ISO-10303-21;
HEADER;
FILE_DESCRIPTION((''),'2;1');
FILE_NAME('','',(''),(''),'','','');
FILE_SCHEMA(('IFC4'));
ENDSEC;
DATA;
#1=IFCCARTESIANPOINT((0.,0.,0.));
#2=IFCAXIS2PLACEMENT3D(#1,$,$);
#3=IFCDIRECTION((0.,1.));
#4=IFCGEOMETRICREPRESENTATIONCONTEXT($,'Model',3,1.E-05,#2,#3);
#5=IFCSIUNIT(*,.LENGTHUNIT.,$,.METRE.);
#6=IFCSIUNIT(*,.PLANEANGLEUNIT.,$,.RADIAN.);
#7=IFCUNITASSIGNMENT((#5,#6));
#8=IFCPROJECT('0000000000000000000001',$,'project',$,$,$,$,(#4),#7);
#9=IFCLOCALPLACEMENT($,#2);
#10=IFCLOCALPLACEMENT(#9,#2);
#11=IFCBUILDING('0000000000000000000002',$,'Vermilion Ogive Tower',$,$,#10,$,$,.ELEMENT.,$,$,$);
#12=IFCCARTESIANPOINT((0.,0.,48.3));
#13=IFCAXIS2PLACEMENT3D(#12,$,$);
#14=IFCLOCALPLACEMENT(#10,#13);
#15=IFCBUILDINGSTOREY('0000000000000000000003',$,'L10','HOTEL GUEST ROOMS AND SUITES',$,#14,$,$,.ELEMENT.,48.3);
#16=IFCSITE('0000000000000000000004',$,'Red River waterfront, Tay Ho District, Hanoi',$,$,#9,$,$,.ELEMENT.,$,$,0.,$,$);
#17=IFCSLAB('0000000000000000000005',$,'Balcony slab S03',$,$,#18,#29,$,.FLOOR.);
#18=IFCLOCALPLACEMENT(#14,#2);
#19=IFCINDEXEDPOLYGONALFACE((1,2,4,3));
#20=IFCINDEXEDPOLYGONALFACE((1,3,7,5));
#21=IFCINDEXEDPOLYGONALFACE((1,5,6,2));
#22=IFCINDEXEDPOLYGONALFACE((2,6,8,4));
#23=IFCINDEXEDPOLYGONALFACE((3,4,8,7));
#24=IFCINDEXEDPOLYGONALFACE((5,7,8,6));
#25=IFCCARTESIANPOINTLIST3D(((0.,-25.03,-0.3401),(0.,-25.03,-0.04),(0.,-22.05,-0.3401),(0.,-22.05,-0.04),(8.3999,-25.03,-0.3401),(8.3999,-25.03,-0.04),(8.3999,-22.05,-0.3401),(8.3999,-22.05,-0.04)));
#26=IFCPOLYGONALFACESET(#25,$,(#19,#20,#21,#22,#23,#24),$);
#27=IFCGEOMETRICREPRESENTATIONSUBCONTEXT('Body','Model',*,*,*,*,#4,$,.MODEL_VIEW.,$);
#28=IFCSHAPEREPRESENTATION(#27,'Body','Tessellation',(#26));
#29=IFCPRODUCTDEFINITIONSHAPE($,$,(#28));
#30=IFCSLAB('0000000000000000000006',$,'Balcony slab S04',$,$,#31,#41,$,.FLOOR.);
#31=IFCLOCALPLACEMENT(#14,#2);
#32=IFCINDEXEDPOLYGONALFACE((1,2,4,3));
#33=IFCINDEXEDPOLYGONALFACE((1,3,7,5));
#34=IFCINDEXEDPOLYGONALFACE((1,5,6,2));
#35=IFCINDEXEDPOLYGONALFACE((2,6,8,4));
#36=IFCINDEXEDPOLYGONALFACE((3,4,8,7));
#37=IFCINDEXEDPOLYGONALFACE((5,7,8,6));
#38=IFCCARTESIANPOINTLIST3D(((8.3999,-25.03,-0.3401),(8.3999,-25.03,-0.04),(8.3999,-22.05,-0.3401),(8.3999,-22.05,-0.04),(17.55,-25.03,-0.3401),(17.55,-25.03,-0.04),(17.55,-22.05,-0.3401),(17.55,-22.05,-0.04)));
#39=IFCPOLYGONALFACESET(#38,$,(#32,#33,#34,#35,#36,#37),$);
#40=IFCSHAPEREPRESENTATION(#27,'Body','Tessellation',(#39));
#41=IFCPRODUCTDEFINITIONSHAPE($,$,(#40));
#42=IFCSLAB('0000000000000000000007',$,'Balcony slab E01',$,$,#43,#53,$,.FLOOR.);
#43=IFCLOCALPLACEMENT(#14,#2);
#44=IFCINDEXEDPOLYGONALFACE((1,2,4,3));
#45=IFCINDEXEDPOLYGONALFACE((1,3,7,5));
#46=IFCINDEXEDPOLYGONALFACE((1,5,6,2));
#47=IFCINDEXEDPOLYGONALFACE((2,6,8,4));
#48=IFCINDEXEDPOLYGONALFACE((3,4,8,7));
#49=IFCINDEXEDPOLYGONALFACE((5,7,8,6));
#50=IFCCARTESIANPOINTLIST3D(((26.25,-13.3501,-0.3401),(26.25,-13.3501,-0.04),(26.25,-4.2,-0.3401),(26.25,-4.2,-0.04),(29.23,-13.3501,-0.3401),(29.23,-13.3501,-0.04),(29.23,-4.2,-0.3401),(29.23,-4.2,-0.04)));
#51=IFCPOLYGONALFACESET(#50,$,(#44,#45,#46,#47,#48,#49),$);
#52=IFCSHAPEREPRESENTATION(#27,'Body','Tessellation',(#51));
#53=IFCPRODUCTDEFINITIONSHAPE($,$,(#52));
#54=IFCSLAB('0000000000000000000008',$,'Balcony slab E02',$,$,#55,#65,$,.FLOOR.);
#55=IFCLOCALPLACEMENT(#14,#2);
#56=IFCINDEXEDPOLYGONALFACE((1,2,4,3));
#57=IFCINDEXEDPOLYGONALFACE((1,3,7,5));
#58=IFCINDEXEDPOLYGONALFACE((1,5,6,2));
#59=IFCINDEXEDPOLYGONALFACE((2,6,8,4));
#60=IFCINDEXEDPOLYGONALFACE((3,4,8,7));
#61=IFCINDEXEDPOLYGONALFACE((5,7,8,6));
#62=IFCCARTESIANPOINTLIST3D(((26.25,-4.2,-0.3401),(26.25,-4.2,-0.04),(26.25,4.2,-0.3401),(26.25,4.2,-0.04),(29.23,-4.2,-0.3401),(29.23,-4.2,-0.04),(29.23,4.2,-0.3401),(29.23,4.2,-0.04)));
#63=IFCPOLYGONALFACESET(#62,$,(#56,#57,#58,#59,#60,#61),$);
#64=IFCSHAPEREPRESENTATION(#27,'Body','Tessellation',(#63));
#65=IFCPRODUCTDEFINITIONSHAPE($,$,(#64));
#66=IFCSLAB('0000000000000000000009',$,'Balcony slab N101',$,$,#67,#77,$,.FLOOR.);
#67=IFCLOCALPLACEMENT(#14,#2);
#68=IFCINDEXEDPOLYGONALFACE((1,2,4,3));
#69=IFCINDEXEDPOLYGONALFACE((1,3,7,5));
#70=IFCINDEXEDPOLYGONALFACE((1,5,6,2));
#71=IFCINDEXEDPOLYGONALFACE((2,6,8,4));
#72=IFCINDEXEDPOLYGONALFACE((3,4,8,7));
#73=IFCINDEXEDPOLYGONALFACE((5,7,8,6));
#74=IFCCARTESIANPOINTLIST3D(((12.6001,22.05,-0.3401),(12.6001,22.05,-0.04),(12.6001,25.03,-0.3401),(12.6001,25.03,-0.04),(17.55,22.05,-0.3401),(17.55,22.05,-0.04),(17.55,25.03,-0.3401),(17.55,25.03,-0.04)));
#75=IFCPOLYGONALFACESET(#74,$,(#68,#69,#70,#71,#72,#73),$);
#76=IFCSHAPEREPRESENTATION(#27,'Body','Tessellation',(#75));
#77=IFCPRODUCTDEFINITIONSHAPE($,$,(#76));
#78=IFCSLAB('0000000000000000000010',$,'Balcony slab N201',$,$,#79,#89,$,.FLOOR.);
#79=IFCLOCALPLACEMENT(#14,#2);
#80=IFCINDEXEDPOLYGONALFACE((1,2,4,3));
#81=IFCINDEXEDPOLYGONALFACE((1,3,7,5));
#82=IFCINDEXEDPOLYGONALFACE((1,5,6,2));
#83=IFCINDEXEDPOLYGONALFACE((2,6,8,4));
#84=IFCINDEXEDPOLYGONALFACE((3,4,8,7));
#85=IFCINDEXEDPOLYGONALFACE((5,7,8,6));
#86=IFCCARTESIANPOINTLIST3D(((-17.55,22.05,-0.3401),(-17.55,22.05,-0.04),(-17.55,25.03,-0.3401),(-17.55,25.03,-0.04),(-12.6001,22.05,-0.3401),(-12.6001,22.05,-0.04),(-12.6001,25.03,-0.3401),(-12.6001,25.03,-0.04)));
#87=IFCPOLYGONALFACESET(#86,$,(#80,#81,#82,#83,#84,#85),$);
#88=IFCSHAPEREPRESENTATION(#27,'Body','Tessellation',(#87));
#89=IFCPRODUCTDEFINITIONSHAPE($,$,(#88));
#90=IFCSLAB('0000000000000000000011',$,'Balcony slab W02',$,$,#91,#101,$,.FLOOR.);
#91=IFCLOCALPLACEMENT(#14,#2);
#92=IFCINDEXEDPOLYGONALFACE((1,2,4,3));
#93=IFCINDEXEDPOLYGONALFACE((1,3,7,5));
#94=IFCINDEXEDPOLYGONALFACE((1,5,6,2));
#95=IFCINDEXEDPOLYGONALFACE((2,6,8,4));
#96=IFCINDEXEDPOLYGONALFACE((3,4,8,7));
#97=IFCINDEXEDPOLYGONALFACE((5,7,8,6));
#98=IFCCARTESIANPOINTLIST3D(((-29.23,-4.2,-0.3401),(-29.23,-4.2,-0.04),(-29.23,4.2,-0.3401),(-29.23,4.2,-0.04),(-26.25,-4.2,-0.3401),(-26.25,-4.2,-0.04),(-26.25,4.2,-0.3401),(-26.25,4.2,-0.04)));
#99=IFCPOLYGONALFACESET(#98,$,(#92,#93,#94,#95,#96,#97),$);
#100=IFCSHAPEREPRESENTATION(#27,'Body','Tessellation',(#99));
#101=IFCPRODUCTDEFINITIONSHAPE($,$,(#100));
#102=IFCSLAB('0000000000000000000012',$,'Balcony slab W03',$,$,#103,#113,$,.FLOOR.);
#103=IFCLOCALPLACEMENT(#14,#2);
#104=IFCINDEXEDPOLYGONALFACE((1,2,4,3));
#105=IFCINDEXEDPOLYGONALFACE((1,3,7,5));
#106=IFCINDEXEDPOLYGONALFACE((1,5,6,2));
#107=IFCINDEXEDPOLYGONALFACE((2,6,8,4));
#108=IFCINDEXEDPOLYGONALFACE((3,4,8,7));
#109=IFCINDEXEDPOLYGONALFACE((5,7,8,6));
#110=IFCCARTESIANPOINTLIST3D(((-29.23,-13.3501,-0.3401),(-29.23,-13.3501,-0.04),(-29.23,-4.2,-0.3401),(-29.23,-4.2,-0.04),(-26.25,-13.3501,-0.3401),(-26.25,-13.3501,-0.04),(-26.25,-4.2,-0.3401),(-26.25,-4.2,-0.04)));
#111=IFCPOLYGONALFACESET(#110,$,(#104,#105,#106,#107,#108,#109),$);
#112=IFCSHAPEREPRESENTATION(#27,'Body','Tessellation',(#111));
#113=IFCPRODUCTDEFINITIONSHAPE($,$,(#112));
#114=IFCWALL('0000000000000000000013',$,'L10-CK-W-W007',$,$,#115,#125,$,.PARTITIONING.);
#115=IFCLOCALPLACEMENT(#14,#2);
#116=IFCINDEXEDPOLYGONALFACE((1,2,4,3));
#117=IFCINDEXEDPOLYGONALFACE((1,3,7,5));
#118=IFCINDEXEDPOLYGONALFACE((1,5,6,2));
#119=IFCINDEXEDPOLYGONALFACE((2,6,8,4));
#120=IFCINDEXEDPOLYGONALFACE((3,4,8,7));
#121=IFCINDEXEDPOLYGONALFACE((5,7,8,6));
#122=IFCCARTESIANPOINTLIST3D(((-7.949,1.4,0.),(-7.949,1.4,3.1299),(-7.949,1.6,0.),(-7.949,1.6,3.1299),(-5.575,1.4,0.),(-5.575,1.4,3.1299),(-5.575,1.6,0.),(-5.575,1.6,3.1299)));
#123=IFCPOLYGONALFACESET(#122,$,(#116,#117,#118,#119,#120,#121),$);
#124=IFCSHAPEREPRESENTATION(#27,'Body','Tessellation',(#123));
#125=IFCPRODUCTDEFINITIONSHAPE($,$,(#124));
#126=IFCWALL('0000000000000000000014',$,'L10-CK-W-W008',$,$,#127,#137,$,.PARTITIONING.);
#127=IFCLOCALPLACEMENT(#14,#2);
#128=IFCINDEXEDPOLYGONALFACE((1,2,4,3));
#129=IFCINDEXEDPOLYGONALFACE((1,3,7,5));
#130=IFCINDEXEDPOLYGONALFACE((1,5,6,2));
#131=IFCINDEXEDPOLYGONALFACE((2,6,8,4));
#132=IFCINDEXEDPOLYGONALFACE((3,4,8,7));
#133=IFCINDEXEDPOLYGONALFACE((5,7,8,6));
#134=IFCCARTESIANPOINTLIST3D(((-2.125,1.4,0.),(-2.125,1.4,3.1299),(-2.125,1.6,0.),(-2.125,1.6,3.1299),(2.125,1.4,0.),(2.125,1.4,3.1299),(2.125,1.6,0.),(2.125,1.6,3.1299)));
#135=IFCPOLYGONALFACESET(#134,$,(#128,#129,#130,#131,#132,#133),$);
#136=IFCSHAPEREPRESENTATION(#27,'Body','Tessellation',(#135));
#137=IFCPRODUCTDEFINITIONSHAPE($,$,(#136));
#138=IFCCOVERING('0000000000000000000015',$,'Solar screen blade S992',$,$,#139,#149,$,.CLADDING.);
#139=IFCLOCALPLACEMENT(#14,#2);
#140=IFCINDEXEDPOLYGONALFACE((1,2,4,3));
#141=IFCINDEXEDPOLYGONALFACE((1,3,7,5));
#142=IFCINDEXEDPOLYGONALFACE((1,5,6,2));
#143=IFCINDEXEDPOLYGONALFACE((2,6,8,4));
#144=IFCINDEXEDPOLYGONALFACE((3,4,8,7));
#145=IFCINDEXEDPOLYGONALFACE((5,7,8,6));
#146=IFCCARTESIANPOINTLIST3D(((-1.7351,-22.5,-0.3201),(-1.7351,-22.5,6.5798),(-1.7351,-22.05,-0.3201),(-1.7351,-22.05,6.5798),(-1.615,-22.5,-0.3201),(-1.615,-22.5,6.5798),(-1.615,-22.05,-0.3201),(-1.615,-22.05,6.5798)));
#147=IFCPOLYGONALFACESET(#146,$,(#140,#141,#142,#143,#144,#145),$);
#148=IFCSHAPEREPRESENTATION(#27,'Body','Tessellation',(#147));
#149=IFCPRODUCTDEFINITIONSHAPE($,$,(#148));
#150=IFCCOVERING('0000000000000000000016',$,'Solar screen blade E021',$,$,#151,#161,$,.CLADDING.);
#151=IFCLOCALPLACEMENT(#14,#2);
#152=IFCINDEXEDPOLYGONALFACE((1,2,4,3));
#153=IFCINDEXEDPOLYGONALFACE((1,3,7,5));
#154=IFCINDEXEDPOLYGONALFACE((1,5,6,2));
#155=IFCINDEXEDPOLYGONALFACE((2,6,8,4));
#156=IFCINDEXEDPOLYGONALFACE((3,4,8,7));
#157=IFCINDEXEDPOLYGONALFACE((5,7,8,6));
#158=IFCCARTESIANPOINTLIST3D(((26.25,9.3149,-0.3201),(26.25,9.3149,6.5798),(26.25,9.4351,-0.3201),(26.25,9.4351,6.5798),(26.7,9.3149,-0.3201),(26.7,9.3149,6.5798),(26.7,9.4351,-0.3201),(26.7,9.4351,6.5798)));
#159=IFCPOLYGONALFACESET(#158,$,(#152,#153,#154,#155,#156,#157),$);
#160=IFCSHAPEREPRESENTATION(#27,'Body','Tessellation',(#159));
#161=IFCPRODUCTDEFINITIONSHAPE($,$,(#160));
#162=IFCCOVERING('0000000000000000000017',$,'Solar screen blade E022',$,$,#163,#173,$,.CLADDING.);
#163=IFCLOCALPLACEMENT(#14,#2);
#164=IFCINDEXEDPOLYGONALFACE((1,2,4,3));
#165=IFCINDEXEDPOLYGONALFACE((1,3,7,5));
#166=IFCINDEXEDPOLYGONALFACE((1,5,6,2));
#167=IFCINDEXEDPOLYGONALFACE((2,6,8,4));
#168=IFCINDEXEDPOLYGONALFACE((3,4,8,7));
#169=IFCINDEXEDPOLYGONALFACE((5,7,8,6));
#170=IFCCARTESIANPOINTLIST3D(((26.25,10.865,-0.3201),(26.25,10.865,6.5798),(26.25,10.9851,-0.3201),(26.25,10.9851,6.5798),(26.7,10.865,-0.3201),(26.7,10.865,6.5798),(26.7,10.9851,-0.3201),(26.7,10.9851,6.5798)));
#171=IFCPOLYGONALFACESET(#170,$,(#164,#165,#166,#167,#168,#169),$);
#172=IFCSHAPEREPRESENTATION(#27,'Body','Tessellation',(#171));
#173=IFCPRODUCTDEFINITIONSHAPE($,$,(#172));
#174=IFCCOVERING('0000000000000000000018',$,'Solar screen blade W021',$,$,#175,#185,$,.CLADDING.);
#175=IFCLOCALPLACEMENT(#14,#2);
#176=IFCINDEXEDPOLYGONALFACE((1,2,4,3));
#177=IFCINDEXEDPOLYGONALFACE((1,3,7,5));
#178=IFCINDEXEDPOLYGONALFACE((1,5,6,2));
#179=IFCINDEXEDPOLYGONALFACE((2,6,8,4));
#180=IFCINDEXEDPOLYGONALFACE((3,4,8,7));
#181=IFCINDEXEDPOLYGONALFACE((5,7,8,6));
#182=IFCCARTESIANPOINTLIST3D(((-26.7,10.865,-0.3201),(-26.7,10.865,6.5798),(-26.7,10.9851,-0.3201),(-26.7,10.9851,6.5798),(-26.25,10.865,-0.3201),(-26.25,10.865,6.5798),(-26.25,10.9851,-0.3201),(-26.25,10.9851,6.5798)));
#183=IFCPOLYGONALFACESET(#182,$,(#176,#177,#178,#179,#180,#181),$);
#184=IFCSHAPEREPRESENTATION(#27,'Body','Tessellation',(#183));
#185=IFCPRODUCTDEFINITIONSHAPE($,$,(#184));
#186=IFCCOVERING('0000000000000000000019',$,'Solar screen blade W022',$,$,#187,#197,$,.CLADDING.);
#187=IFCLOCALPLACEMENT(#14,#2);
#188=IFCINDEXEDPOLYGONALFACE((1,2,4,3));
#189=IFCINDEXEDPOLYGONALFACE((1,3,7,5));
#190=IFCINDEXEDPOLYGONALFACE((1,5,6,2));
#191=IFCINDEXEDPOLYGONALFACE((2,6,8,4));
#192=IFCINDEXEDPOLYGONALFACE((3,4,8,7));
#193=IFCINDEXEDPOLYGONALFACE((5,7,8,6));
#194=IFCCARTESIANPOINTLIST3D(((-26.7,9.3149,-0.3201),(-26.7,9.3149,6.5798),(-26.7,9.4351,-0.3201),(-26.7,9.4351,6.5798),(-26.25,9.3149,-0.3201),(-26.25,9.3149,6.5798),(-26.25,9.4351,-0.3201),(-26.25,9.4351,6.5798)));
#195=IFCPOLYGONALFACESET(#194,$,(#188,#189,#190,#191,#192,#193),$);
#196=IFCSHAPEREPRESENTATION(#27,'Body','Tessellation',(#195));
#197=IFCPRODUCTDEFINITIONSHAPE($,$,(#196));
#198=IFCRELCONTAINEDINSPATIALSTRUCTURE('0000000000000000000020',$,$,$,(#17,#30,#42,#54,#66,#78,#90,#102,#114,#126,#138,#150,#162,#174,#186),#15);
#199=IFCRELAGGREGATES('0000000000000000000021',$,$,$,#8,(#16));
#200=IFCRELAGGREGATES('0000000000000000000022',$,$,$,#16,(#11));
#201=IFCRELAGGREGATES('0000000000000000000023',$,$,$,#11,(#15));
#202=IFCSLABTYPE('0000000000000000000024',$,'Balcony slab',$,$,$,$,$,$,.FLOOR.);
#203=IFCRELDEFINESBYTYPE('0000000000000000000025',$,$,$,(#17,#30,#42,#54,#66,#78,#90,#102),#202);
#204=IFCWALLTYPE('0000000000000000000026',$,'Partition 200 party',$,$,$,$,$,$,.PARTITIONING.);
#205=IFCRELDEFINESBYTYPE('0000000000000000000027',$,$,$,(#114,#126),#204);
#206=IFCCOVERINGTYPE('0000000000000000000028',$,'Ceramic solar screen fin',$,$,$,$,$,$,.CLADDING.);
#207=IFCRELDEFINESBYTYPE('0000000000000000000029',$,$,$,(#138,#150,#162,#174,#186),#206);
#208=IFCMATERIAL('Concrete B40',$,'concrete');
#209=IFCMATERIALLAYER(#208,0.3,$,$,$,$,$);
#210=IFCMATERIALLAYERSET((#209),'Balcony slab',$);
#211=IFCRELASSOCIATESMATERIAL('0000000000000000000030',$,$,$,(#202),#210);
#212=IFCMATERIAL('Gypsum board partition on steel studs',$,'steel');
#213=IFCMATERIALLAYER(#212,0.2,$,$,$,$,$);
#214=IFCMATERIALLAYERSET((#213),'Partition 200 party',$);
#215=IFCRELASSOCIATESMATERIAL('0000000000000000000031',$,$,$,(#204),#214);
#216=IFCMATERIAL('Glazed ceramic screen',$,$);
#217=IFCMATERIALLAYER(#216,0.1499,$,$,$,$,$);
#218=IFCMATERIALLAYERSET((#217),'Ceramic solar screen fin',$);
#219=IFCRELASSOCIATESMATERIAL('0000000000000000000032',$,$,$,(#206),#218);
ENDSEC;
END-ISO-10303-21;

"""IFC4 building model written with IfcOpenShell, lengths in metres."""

from ifc_helpers import new_model, si_unit, direction, frame, frame_2d, origin, place, context, subcontext, project, spatial, polyline, rectangle, outline, extrude, material, layer, layer_set, type_object, element, save


model = new_model("IFC4")

# Units and contexts
model_context = context("Model", 3, precision=1e-05, world=origin(), true_north=direction((0.0, 1.0)))
body_context = subcontext(model_context, "Body", "Model", "MODEL_VIEW")
ifc_project = project(units=[si_unit("LENGTHUNIT", "METRE"), si_unit("PLANEANGLEUNIT", "RADIAN")], contexts=[model_context])

# Site, building, storey
site_placement = place(None, origin())
site = spatial("IfcSite", under=ifc_project, at=site_placement, Name="Red River waterfront, Tay Ho District, Hanoi", CompositionType="ELEMENT", RefElevation=0.0)
building_placement = place(site_placement, origin())
building = spatial("IfcBuilding", under=site, at=building_placement, Name="Vermilion Ogive Tower", CompositionType="ELEMENT")
storey_placement = place(building_placement, frame((0.0, 0.0, 48.3)))
storey = spatial("IfcBuildingStorey", under=building, at=storey_placement, Name="L10", Description="HOTEL GUEST ROOMS AND SUITES", CompositionType="ELEMENT", Elevation=48.3)

# Slabs
ifc_material_1 = material(Name="Concrete B40", Category="concrete")
ifc_layer_1 = layer(ifc_material_1, 0.3)
ifc_layer_set_1 = layer_set([ifc_layer_1], Name="Balcony slab")
slab_type = type_object("IfcSlabType", Name="Balcony slab", PredefinedType="FLOOR", material=ifc_layer_set_1)
slab_1_placement = place(storey_placement, frame((0.0, 0.0, -0.3401)))
element("IfcSlab", 1, at=slab_1_placement, inside=storey, type_object=slab_type, Name="Balcony slab S03", PredefinedType="FLOOR", context=body_context, shape_type="SweptSolid", body=[
    extrude(outline(polyline([(0.0, -25.03), (8.3999, -25.03), (8.3999, -22.05), (0.0, -22.05), (0.0, -25.03)])), origin(), (0.0, 0.0, 1.0), 0.3),
])
slab_2_placement = place(storey_placement, frame((0.0, 0.0, -0.3401)))
element("IfcSlab", 2, at=slab_2_placement, inside=storey, type_object=slab_type, Name="Balcony slab S04", PredefinedType="FLOOR", context=body_context, shape_type="SweptSolid", body=[
    extrude(outline(polyline([(8.3999, -25.03), (17.55, -25.03), (17.55, -22.05), (8.3999, -22.05), (8.3999, -25.03)])), origin(), (0.0, 0.0, 1.0), 0.3),
])
slab_3_placement = place(storey_placement, frame((0.0, 0.0, -0.3401)))
element("IfcSlab", 3, at=slab_3_placement, inside=storey, type_object=slab_type, Name="Balcony slab E01", PredefinedType="FLOOR", context=body_context, shape_type="SweptSolid", body=[
    extrude(outline(polyline([(29.23, -13.3501), (29.23, -4.2), (26.25, -4.2), (26.25, -13.3501), (29.23, -13.3501)])), origin(), (0.0, 0.0, 1.0), 0.3),
])
slab_4_placement = place(storey_placement, frame((0.0, 0.0, -0.3401)))
element("IfcSlab", 4, at=slab_4_placement, inside=storey, type_object=slab_type, Name="Balcony slab E02", PredefinedType="FLOOR", context=body_context, shape_type="SweptSolid", body=[
    extrude(outline(polyline([(29.23, -4.2), (29.23, 4.2), (26.25, 4.2), (26.25, -4.2), (29.23, -4.2)])), origin(), (0.0, 0.0, 1.0), 0.3),
])
slab_5_placement = place(storey_placement, frame((0.0, 0.0, -0.3401)))
element("IfcSlab", 5, at=slab_5_placement, inside=storey, type_object=slab_type, Name="Balcony slab N101", PredefinedType="FLOOR", context=body_context, shape_type="SweptSolid", body=[
    extrude(outline(polyline([(17.55, 25.03), (12.6001, 25.03), (12.6001, 22.05), (17.55, 22.05), (17.55, 25.03)])), origin(), (0.0, 0.0, 1.0), 0.3),
])
slab_6_placement = place(storey_placement, frame((0.0, 0.0, -0.3401)))
element("IfcSlab", 6, at=slab_6_placement, inside=storey, type_object=slab_type, Name="Balcony slab N201", PredefinedType="FLOOR", context=body_context, shape_type="SweptSolid", body=[
    extrude(outline(polyline([(-12.6001, 25.03), (-17.55, 25.03), (-17.55, 22.05), (-12.6001, 22.05), (-12.6001, 25.03)])), origin(), (0.0, 0.0, 1.0), 0.3),
])
slab_7_placement = place(storey_placement, frame((0.0, 0.0, -0.3401)))
element("IfcSlab", 7, at=slab_7_placement, inside=storey, type_object=slab_type, Name="Balcony slab W02", PredefinedType="FLOOR", context=body_context, shape_type="SweptSolid", body=[
    extrude(outline(polyline([(-29.23, 4.2), (-29.23, -4.2), (-26.25, -4.2), (-26.25, 4.2), (-29.23, 4.2)])), origin(), (0.0, 0.0, 1.0), 0.3),
])
slab_8_placement = place(storey_placement, frame((0.0, 0.0, -0.3401)))
element("IfcSlab", 8, at=slab_8_placement, inside=storey, type_object=slab_type, Name="Balcony slab W03", PredefinedType="FLOOR", context=body_context, shape_type="SweptSolid", body=[
    extrude(outline(polyline([(-29.23, -4.2), (-29.23, -13.3501), (-26.25, -13.3501), (-26.25, -4.2), (-29.23, -4.2)])), origin(), (0.0, 0.0, 1.0), 0.3),
])

# Walls
ifc_material_2 = material(Name="Gypsum board partition on steel studs", Category="steel")
ifc_layer_2 = layer(ifc_material_2, 0.2)
ifc_layer_set_2 = layer_set([ifc_layer_2], Name="Partition 200 party")
wall_type = type_object("IfcWallType", Name="Partition 200 party", PredefinedType="PARTITIONING", material=ifc_layer_set_2)
wall_1_placement = place(storey_placement, frame((-7.949, 1.5, 0.0), z_axis=(0.0, 0.0, 1.0), x_axis=(1.0, 0.0, 0.0)))
element("IfcWall", 9, at=wall_1_placement, inside=storey, type_object=wall_type, Name="L10-CK-W-W007", PredefinedType="PARTITIONING", context=body_context, shape_type="SweptSolid", body=[
    extrude(rectangle(XDim=2.374, YDim=0.2, at=frame_2d((1.187, 0.0))), origin(), (0.0, 0.0, 1.0), 3.1299),
])
wall_2_placement = place(storey_placement, frame((-2.125, 1.5, 0.0), z_axis=(0.0, 0.0, 1.0), x_axis=(1.0, 0.0, 0.0)))
element("IfcWall", 10, at=wall_2_placement, inside=storey, type_object=wall_type, Name="L10-CK-W-W008", PredefinedType="PARTITIONING", context=body_context, shape_type="SweptSolid", body=[
    extrude(rectangle(XDim=4.25, YDim=0.2, at=frame_2d((2.125, 0.0))), origin(), (0.0, 0.0, 1.0), 3.1299),
])

# Coverings
ifc_material_3 = material(Name="Glazed ceramic screen")
ifc_layer_3 = layer(ifc_material_3, 0.1499)
ifc_layer_set_3 = layer_set([ifc_layer_3], Name="Ceramic solar screen fin")
covering_type_1 = type_object("IfcCoveringType", Name="Ceramic solar screen fin", PredefinedType="CLADDING", material=ifc_layer_set_3)
covering_1_placement = place(storey_placement, frame((0.0, 0.0, -0.3201)))
element("IfcCovering", 11, at=covering_1_placement, inside=storey, type_object=covering_type_1, Name="Solar screen blade S992", PredefinedType="CLADDING", context=body_context, shape_type="SweptSolid", body=[
    extrude(outline(polyline([(-1.7351, -22.5), (-1.615, -22.5), (-1.615, -22.05), (-1.7351, -22.05), (-1.7351, -22.5)])), origin(), (0.0, 0.0, 1.0), 6.8999),
])
covering_2_placement = place(storey_placement, frame((0.0, 0.0, -0.3201)))
element("IfcCovering", 12, at=covering_2_placement, inside=storey, type_object=covering_type_1, Name="Solar screen blade E021", PredefinedType="CLADDING", context=body_context, shape_type="SweptSolid", body=[
    extrude(outline(polyline([(26.7, 9.3149), (26.7, 9.4351), (26.25, 9.4351), (26.25, 9.3149), (26.7, 9.3149)])), origin(), (0.0, 0.0, 1.0), 6.8999),
])
covering_3_placement = place(storey_placement, frame((0.0, 0.0, -0.3201)))
element("IfcCovering", 13, at=covering_3_placement, inside=storey, type_object=covering_type_1, Name="Solar screen blade E022", PredefinedType="CLADDING", context=body_context, shape_type="SweptSolid", body=[
    extrude(outline(polyline([(26.7, 10.865), (26.7, 10.9851), (26.25, 10.9851), (26.25, 10.865), (26.7, 10.865)])), origin(), (0.0, 0.0, 1.0), 6.8999),
])
covering_4_placement = place(storey_placement, frame((0.0, 0.0, -0.3201)))
element("IfcCovering", 14, at=covering_4_placement, inside=storey, type_object=covering_type_1, Name="Solar screen blade W021", PredefinedType="CLADDING", context=body_context, shape_type="SweptSolid", body=[
    extrude(outline(polyline([(-26.7, 10.9851), (-26.7, 10.865), (-26.25, 10.865), (-26.25, 10.9851), (-26.7, 10.9851)])), origin(), (0.0, 0.0, 1.0), 6.8999),
])
covering_5_placement = place(storey_placement, frame((0.0, 0.0, -0.3201)))
element("IfcCovering", 15, at=covering_5_placement, inside=storey, type_object=covering_type_1, Name="Solar screen blade W022", PredefinedType="CLADDING", context=body_context, shape_type="SweptSolid", body=[
    extrude(outline(polyline([(-26.7, 9.4351), (-26.7, 9.3149), (-26.25, 9.3149), (-26.25, 9.4351), (-26.7, 9.4351)])), origin(), (0.0, 0.0, 1.0), 6.8999),
])

save(model, "model.ifc")
